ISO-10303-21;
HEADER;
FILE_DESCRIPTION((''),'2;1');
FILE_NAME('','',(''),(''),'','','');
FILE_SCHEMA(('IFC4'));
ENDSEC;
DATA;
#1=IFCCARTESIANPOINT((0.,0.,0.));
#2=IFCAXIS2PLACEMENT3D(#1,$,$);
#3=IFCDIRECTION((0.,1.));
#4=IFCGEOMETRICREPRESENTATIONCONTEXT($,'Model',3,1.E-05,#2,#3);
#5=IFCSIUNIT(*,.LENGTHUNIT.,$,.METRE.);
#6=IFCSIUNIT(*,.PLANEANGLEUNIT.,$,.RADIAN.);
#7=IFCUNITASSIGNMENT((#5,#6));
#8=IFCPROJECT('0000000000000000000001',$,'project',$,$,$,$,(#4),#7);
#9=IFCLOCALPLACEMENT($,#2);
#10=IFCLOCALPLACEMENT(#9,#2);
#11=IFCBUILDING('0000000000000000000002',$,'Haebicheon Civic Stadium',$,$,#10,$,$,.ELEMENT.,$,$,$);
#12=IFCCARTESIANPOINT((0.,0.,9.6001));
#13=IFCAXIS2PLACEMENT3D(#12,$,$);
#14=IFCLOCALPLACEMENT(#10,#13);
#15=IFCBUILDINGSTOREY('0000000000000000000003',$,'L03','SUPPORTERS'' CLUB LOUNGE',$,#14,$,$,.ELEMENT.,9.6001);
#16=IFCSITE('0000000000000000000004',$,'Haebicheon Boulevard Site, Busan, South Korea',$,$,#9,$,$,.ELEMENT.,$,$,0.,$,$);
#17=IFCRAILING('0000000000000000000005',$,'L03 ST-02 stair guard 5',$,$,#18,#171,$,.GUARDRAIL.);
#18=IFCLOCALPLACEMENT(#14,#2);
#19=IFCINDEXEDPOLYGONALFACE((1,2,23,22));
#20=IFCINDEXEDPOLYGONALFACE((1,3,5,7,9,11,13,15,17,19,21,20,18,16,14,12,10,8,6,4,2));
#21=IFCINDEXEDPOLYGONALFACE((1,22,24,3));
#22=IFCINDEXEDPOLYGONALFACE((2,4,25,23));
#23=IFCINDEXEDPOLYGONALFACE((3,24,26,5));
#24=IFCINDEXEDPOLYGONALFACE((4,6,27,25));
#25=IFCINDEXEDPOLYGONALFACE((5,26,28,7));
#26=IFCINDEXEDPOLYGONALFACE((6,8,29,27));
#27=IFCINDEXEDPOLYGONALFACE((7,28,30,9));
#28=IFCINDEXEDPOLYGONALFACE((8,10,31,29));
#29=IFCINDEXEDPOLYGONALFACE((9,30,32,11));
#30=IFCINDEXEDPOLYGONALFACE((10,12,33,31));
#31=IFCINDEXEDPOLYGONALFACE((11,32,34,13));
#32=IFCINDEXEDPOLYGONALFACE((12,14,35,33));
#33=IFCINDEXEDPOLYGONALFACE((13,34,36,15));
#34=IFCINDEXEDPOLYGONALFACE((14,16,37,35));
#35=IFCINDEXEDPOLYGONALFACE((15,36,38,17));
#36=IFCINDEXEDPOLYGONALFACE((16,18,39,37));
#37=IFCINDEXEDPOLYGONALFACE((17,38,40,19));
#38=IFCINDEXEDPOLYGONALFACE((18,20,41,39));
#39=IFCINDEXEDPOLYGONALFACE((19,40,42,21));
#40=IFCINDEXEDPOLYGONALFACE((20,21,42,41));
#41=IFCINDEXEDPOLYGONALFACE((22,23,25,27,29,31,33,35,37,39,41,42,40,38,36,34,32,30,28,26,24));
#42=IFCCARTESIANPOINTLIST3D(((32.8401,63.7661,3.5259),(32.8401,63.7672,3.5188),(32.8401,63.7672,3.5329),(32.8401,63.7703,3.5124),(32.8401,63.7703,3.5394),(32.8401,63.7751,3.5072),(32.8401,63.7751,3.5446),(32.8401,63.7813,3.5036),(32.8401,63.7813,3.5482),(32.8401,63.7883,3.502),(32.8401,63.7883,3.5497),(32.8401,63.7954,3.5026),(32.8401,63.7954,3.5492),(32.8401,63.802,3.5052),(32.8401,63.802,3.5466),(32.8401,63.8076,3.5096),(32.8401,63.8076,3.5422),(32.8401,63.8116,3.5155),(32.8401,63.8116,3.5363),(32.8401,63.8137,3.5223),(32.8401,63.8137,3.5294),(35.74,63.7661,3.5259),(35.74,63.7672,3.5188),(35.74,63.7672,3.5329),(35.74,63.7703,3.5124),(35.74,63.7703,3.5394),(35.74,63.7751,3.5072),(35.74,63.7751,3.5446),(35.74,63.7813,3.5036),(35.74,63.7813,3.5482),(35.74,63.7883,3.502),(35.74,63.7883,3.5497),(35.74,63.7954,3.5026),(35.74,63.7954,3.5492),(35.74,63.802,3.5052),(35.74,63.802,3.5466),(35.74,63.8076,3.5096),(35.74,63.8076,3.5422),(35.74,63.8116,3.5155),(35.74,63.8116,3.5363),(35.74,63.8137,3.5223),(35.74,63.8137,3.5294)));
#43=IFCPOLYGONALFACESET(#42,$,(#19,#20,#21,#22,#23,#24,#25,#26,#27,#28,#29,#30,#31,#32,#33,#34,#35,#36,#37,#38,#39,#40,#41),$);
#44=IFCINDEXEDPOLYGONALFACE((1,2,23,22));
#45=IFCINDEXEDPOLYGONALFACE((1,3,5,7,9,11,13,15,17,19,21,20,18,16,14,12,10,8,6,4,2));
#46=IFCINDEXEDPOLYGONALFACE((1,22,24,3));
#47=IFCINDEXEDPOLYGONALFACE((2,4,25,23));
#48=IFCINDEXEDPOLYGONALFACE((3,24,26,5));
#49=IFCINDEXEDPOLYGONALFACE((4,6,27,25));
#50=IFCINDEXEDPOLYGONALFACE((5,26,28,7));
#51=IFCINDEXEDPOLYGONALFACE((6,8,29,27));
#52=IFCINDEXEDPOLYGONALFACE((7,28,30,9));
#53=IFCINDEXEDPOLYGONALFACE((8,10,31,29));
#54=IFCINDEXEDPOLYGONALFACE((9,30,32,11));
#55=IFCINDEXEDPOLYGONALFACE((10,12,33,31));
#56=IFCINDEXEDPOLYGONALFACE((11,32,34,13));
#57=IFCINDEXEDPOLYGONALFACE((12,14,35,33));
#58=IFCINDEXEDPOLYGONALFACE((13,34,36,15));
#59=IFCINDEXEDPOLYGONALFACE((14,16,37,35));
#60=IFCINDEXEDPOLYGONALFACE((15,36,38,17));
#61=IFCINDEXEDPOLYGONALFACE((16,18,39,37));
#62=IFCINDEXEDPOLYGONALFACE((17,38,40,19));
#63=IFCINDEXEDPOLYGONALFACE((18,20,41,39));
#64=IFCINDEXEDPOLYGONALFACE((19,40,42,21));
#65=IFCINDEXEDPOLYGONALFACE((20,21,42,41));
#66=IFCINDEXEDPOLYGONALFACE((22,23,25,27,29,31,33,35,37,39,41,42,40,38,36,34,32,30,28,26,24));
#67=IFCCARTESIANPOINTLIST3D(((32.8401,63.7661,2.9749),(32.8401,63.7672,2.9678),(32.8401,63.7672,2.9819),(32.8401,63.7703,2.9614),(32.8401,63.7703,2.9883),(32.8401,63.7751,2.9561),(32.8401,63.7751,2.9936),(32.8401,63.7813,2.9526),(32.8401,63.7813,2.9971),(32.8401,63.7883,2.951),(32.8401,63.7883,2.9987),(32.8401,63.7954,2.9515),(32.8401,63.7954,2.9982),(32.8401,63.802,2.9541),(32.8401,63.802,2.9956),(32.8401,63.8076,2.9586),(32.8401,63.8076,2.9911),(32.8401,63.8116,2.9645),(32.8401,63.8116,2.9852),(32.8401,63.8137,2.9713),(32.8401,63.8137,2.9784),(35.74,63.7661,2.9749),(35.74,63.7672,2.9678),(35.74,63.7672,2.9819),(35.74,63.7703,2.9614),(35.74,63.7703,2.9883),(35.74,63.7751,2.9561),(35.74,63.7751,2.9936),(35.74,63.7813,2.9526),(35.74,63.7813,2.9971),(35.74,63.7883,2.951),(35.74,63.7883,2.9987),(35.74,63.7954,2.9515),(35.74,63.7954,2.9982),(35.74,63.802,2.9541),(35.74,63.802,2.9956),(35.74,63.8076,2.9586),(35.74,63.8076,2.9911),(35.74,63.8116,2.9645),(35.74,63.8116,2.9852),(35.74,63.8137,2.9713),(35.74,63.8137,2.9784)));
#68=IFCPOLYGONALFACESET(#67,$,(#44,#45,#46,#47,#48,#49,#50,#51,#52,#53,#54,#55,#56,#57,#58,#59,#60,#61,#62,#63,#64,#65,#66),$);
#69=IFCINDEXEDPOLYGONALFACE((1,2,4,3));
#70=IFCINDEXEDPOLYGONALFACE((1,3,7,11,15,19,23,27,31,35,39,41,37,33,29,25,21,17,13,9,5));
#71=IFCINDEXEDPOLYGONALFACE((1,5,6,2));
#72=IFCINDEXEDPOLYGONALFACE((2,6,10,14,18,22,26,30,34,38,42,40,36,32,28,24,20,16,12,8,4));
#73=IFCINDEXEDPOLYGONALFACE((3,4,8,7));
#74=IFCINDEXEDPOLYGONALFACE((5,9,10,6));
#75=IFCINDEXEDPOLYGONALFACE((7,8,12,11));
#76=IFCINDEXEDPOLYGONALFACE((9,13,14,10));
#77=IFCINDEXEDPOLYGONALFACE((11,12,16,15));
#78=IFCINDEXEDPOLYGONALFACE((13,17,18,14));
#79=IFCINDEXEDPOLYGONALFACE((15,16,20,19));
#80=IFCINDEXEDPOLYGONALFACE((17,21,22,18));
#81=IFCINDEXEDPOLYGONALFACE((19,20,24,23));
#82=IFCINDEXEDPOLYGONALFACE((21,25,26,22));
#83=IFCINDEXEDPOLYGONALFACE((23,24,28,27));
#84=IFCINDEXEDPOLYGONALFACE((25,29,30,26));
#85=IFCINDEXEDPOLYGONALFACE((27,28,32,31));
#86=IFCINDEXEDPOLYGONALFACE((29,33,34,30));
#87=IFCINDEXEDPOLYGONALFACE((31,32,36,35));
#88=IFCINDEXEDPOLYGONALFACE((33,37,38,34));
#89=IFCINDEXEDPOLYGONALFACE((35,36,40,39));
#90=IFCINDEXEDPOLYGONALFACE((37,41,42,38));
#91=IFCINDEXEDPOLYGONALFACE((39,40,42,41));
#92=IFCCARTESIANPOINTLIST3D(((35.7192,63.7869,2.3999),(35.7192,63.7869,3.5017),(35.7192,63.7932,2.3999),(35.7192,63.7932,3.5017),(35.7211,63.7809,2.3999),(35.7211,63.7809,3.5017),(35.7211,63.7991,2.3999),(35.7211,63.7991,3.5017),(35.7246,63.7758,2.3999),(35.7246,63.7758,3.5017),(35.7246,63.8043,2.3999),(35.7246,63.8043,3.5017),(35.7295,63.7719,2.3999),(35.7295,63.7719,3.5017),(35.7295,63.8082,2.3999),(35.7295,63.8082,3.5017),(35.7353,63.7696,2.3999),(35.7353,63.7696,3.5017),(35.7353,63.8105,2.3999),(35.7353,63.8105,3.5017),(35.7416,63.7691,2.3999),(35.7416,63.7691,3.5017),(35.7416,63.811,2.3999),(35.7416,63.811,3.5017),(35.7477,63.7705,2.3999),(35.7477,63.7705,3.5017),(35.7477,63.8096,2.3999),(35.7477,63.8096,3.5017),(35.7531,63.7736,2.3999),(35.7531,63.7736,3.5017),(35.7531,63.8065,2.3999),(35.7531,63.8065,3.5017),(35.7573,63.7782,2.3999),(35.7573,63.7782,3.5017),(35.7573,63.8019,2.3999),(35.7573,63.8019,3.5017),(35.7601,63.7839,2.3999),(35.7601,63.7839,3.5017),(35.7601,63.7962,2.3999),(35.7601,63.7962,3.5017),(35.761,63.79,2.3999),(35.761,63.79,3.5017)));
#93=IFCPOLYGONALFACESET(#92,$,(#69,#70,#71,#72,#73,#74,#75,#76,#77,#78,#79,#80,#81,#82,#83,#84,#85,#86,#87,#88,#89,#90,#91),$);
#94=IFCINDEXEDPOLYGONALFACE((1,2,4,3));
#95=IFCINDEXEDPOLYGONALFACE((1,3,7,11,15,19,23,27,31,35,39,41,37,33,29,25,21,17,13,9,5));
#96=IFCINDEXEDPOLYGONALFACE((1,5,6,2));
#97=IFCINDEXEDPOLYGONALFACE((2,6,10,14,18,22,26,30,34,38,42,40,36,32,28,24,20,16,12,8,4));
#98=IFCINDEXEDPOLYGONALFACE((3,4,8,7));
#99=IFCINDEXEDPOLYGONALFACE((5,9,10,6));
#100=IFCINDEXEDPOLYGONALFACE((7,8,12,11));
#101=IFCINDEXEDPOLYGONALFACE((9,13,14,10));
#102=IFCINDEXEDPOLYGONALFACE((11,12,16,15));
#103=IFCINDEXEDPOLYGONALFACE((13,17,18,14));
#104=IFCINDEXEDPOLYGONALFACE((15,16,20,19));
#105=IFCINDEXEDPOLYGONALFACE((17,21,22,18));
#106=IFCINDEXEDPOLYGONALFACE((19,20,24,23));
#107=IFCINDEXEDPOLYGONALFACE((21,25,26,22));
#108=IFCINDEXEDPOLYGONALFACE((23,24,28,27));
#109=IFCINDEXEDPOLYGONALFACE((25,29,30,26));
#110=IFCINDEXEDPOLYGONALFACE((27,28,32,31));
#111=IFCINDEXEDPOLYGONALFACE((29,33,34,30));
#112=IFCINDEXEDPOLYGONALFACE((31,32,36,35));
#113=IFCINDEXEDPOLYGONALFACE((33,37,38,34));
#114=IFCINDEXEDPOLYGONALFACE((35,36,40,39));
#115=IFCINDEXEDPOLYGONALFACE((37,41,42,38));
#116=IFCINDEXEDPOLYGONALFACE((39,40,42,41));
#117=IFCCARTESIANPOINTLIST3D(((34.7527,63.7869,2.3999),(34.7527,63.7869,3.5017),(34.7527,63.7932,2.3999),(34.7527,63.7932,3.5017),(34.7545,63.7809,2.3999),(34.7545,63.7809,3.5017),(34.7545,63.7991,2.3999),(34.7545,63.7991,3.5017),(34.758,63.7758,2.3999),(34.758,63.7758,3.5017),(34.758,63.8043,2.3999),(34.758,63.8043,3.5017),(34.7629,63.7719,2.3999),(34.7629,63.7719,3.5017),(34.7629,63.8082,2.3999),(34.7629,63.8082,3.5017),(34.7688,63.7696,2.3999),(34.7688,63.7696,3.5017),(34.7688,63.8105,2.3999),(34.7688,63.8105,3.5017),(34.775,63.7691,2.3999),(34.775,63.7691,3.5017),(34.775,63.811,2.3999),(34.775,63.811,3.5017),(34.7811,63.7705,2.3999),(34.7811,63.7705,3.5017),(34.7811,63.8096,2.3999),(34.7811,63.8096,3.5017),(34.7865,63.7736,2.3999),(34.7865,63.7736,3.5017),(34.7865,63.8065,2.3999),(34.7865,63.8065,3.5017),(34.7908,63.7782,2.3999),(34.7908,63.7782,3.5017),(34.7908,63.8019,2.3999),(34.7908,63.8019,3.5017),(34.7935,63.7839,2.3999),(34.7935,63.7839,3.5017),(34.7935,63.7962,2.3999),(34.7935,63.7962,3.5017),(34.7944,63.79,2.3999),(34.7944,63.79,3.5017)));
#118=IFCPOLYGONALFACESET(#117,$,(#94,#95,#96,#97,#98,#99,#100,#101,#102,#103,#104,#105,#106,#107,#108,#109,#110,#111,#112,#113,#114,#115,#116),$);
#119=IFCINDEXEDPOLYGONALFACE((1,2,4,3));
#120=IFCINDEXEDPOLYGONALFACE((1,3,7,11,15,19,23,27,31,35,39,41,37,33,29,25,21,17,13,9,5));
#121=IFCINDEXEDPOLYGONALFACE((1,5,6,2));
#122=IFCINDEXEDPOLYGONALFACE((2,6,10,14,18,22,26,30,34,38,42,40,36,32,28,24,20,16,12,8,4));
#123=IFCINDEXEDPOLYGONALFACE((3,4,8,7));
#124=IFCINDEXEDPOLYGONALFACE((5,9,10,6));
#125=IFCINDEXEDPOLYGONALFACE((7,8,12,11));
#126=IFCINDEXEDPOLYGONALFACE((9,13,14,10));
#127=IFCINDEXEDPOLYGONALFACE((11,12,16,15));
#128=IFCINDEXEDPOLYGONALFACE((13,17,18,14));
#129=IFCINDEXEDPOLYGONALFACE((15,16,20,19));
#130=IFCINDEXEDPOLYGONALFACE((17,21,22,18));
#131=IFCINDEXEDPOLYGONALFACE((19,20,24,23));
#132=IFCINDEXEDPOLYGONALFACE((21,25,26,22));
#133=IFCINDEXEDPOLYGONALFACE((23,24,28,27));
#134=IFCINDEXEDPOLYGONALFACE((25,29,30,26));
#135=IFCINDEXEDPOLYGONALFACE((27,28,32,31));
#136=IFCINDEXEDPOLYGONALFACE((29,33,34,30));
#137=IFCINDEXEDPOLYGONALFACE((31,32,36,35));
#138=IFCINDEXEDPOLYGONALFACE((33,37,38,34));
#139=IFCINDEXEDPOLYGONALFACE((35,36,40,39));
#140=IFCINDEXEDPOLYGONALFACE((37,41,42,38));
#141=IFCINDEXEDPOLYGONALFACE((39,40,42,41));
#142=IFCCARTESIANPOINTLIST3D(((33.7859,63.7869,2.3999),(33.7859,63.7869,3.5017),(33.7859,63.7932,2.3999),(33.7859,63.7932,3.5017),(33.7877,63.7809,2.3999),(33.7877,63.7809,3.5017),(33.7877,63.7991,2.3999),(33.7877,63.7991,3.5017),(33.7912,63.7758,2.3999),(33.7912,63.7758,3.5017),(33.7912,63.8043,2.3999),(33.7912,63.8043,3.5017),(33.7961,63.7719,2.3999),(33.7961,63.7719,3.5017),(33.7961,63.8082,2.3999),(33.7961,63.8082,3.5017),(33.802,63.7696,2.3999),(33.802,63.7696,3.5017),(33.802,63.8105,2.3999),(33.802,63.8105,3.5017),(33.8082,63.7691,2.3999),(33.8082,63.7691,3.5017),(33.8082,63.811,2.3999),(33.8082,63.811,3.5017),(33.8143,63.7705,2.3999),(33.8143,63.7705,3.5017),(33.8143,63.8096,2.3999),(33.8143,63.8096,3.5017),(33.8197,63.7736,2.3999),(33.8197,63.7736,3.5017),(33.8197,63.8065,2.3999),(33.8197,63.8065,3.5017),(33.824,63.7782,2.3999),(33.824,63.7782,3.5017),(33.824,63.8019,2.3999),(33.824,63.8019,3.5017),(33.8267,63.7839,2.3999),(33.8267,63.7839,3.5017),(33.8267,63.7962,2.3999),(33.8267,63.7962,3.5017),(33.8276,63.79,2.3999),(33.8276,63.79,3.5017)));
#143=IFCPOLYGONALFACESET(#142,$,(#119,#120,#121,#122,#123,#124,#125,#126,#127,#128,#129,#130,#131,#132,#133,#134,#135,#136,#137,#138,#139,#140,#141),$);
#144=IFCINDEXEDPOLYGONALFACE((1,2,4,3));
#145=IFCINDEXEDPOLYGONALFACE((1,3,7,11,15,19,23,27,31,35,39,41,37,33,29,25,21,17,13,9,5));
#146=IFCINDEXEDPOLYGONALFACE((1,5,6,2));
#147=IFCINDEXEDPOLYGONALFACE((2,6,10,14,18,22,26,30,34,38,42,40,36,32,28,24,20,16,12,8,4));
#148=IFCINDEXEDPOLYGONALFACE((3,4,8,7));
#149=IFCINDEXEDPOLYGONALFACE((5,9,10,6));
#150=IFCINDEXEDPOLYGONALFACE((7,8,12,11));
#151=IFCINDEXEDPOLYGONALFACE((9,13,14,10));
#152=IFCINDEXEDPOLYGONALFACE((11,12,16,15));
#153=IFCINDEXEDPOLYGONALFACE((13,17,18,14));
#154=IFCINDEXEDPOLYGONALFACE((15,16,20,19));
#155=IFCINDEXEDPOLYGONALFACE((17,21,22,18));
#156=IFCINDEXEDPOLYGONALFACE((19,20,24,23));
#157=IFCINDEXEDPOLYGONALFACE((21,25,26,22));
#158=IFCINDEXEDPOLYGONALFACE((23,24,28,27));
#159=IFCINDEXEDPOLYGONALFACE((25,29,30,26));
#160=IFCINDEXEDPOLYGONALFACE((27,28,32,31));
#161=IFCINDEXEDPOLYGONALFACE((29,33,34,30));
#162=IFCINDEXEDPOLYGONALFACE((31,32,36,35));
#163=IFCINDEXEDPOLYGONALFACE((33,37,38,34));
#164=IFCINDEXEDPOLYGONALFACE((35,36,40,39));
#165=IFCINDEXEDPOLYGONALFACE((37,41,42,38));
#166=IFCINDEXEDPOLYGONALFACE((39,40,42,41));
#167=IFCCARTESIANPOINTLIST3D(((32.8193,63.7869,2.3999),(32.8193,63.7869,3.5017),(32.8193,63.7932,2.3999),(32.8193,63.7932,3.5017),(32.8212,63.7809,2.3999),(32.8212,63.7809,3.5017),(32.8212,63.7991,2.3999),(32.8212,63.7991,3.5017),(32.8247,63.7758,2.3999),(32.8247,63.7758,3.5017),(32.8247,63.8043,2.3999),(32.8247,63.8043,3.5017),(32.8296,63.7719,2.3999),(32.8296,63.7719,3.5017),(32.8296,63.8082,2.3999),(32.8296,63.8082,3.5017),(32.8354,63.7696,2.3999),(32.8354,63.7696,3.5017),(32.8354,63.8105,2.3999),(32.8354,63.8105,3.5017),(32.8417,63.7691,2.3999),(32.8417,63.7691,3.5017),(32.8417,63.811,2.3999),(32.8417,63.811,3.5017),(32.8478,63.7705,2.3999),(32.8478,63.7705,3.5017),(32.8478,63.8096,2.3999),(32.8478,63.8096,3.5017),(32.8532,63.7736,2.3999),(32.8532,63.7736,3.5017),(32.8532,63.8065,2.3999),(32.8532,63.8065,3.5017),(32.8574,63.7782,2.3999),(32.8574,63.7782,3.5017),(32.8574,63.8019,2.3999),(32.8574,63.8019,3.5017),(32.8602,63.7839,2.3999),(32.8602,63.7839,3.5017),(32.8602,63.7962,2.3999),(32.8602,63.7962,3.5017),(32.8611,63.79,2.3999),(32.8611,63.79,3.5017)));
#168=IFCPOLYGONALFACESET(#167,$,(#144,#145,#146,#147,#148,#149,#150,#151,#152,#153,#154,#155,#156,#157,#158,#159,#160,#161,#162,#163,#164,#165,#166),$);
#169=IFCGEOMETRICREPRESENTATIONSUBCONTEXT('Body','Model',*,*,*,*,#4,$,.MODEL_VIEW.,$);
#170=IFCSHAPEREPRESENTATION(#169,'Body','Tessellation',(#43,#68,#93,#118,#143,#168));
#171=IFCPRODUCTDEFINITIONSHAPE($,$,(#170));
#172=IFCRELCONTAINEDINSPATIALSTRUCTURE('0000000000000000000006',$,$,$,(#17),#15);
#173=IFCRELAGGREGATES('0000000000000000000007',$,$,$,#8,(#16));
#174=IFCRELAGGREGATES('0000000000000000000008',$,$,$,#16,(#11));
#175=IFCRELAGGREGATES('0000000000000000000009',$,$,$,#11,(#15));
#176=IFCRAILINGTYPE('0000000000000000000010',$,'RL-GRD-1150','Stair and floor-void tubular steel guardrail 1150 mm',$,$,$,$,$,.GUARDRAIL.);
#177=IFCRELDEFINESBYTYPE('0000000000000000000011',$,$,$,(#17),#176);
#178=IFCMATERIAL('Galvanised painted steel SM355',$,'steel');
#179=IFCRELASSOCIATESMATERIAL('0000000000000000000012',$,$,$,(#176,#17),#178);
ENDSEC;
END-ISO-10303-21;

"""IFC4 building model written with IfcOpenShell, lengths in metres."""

from ifc_helpers import new_model, si_unit, direction, frame, origin, origin_2d, place, context, subcontext, project, spatial, circle, extrude, material, type_object, element, save


model = new_model("IFC4")

# Units and contexts
model_context = context("Model", 3, precision=1e-05, world=origin(), true_north=direction((0.0, 1.0)))
body_context = subcontext(model_context, "Body", "Model", "MODEL_VIEW")
ifc_project = project(units=[si_unit("LENGTHUNIT", "METRE"), si_unit("PLANEANGLEUNIT", "RADIAN")], contexts=[model_context])

# Site, building, storey
site_placement = place(None, origin())
site = spatial("IfcSite", under=ifc_project, at=site_placement, Name="Haebicheon Boulevard Site, Busan, South Korea", CompositionType="ELEMENT", RefElevation=0.0)
building_placement = place(site_placement, origin())
building = spatial("IfcBuilding", under=site, at=building_placement, Name="Haebicheon Civic Stadium", CompositionType="ELEMENT")
storey_placement = place(building_placement, frame((0.0, 0.0, 9.6001)))
storey = spatial("IfcBuildingStorey", under=building, at=storey_placement, Name="L03", Description="SUPPORTERS' CLUB LOUNGE", CompositionType="ELEMENT", Elevation=9.6001)

# Railing
ifc_material_1 = material(Name="Galvanised painted steel SM355", Category="steel")
railing_type = type_object("IfcRailingType", Name="RL-GRD-1150", Description="Stair and floor-void tubular steel guardrail 1150 mm", PredefinedType="GUARDRAIL", material=ifc_material_1)
railing_1_placement = place(storey_placement, frame((35.74, 63.79, 2.3999)))
element("IfcRailing", 1, at=railing_1_placement, inside=storey, type_object=railing_type, material=ifc_material_1, Name="L03 ST-02 stair guard 5", PredefinedType="GUARDRAIL", context=body_context, shape_type="SweptSolid", body=[
    extrude(circle(Radius=0.0239, at=origin_2d()), frame((0.0, 0.0, 1.126), z_axis=(-1.0, 0.0, 0.0), x_axis=(0.0, -1.0, 0.0)), (0.0, 0.0, 1.0), 2.8999),
    extrude(circle(Radius=0.0239, at=origin_2d()), frame((0.0, 0.0, 0.575), z_axis=(-1.0, 0.0, 0.0), x_axis=(0.0, -1.0, 0.0)), (0.0, 0.0, 1.0), 2.8999),
    extrude(circle(Radius=0.021, at=origin_2d()), origin(), (0.0, 0.0, 1.0), 1.1018),
    extrude(circle(Radius=0.021, at=origin_2d()), frame((-0.9666, 0.0, 0.0)), (0.0, 0.0, 1.0), 1.1018),
    extrude(circle(Radius=0.021, at=origin_2d()), frame((-1.9333, 0.0, 0.0)), (0.0, 0.0, 1.0), 1.1018),
    extrude(circle(Radius=0.021, at=origin_2d()), frame((-2.8999, 0.0, 0.0)), (0.0, 0.0, 1.0), 1.1018),
])

save(model, "model.ifc")
